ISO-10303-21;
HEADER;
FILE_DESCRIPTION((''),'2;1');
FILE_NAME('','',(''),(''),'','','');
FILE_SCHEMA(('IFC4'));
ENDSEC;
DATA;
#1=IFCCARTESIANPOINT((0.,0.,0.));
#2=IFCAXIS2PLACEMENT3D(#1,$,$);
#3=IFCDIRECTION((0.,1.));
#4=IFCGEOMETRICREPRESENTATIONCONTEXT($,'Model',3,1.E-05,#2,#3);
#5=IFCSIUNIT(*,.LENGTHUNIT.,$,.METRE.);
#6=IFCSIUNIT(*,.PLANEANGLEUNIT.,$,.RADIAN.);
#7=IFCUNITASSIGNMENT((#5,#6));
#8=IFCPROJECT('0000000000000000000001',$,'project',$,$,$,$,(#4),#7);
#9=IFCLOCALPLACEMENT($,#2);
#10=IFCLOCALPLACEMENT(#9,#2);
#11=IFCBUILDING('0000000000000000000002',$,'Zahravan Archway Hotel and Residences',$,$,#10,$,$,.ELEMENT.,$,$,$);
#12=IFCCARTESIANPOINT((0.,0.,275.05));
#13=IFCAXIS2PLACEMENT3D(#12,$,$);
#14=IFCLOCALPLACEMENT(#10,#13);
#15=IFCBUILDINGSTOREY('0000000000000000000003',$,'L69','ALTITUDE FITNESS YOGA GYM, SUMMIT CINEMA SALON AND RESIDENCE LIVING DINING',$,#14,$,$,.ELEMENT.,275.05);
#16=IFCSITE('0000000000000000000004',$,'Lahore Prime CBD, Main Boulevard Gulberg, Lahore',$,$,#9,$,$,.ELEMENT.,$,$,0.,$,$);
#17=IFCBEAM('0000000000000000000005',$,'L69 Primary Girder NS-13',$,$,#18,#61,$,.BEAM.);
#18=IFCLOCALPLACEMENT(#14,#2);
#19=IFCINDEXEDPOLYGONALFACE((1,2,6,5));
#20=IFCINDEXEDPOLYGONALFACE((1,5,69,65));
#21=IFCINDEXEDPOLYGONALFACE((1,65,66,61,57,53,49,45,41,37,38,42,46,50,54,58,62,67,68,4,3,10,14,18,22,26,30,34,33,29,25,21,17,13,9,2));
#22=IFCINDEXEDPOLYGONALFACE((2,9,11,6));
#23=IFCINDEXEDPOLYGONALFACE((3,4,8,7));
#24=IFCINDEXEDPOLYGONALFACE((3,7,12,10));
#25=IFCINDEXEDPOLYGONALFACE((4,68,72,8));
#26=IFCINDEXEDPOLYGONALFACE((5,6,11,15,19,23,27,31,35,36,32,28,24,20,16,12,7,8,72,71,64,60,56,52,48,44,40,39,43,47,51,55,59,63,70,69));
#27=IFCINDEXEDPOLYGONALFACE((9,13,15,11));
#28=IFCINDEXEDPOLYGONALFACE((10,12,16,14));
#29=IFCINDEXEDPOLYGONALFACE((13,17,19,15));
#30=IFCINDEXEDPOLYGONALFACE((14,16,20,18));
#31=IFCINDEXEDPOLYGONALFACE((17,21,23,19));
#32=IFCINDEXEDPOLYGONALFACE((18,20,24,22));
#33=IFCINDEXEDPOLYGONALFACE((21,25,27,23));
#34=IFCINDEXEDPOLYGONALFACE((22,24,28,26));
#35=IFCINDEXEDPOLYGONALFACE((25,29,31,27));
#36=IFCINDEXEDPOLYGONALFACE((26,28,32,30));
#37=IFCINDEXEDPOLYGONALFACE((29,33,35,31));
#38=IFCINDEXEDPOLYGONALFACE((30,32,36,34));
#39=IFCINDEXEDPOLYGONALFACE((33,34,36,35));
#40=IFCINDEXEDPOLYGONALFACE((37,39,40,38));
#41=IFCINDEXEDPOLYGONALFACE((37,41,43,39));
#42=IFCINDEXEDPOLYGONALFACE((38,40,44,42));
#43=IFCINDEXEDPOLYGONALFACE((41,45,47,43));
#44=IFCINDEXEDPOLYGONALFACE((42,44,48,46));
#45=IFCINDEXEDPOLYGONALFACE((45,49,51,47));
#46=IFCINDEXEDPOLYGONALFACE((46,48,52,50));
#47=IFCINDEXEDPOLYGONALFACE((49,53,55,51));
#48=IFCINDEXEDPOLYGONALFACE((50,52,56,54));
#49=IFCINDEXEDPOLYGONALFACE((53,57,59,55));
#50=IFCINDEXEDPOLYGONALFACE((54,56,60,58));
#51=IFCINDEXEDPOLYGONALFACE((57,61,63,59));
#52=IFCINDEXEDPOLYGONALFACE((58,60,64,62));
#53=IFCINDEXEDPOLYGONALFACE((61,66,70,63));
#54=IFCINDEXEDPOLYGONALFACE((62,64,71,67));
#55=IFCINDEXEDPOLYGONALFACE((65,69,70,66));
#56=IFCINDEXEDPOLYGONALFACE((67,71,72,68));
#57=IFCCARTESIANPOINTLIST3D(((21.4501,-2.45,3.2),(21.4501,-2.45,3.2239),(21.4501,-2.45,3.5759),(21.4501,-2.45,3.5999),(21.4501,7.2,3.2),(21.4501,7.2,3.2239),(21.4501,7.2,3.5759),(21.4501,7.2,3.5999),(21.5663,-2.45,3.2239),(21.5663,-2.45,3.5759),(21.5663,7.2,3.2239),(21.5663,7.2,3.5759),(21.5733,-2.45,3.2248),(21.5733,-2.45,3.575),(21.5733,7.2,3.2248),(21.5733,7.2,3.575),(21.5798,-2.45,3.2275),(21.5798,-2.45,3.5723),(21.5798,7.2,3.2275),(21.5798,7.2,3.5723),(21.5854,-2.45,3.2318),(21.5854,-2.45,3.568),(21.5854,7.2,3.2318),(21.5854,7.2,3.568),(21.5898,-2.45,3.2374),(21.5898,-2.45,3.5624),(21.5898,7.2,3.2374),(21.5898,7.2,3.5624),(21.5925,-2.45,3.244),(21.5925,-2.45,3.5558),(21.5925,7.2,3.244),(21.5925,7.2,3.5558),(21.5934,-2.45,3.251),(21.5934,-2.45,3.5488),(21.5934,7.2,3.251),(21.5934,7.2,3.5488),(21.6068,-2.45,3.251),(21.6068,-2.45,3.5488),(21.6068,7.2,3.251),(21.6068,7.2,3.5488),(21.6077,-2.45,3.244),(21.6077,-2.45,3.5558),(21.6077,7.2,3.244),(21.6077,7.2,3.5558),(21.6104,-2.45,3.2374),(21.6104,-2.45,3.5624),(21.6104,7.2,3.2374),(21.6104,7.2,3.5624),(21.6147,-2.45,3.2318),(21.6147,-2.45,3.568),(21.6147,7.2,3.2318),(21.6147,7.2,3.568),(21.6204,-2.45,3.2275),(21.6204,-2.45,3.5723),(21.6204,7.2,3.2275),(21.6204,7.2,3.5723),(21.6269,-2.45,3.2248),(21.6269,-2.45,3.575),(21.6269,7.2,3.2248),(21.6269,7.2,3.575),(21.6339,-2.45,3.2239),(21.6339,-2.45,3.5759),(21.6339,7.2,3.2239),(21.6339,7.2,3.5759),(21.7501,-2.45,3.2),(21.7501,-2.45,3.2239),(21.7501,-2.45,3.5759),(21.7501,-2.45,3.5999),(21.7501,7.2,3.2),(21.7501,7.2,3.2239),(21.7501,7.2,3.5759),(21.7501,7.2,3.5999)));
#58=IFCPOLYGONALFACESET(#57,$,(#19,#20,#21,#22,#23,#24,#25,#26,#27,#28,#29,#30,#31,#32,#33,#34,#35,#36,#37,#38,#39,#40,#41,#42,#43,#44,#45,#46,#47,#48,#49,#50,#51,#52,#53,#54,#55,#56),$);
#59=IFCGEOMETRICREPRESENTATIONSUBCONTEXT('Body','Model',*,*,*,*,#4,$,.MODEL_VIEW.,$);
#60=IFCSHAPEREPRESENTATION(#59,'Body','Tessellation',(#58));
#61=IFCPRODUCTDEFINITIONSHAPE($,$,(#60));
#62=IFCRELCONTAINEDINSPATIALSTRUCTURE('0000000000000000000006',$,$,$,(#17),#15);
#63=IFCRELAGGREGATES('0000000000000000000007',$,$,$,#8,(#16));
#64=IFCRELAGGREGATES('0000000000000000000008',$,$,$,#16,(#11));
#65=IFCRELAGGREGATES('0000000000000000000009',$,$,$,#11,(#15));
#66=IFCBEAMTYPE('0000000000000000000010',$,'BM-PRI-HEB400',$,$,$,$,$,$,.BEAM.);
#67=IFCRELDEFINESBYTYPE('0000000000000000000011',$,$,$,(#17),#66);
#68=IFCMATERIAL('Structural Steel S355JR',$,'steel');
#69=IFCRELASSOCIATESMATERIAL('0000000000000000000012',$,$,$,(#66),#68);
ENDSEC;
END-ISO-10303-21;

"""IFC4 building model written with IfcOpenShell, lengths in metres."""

from ifc_helpers import new_model, si_unit, direction, frame, origin, origin_2d, place, context, subcontext, project, spatial, i_section, extrude, source, transform, mapped, material, material_profile, profile_set, type_object, element, save


model = new_model("IFC4")

# Units and contexts
model_context = context("Model", 3, precision=1e-05, world=origin(), true_north=direction((0.0, 1.0)))
body_context = subcontext(model_context, "Body", "Model", "MODEL_VIEW")
ifc_project = project(units=[si_unit("LENGTHUNIT", "METRE"), si_unit("PLANEANGLEUNIT", "RADIAN")], contexts=[model_context])

# Site, building, storey
site_placement = place(None, origin())
site = spatial("IfcSite", under=ifc_project, at=site_placement, Name="Lahore Prime CBD, Main Boulevard Gulberg, Lahore", CompositionType="ELEMENT", RefElevation=0.0)
building_placement = place(site_placement, origin())
building = spatial("IfcBuilding", under=site, at=building_placement, Name="Zahravan Archway Hotel and Residences", CompositionType="ELEMENT")
storey_placement = place(building_placement, frame((0.0, 0.0, 275.05)))
storey = spatial("IfcBuildingStorey", under=building, at=storey_placement, Name="L69", Description="ALTITUDE FITNESS YOGA GYM, SUMMIT CINEMA SALON AND RESIDENCE LIVING DINING", CompositionType="ELEMENT", Elevation=275.05)

# Beam
ifc_material_1 = material(Name="Structural Steel S355JR", Category="steel")
ifc_material_profile_1 = material_profile(ifc_material_1, i_section(OverallWidth=0.3, OverallDepth=0.3999, WebThickness=0.0134, FlangeThickness=0.0239, FilletRadius=0.0271, at=origin_2d()), Name="HEB 400", Category="steel")
ifc_profile_set_1 = profile_set([ifc_material_profile_1], Name="Structural Steel S355JR")
beam_type_1 = type_object("IfcBeamType", Name="BM-PRI-HEB400", PredefinedType="BEAM", material=ifc_profile_set_1)
shared_shape_1 = source(origin(), body_context, "Body", "SweptSolid", [
    extrude(i_section(OverallWidth=0.3, OverallDepth=0.3999, WebThickness=0.0134, FlangeThickness=0.0239, FilletRadius=0.0271, at=origin_2d()), origin(), (0.0, 0.0, 1.0), 9.6499),
])
beam_1_placement = place(storey_placement, frame((21.6001, -2.45, 3.3999), z_axis=(0.0, 1.0, 0.0), x_axis=(-1.0, 0.0, 0.0)))
element("IfcBeam", 1, at=beam_1_placement, inside=storey, type_object=beam_type_1, Name="L69 Primary Girder NS-13", PredefinedType="BEAM", context=body_context, shape_type="MappedRepresentation", body=[
    mapped(shared_shape_1, transform((0.0, 0.0, 0.0), scale=1.0)),
])

save(model, "model.ifc")
